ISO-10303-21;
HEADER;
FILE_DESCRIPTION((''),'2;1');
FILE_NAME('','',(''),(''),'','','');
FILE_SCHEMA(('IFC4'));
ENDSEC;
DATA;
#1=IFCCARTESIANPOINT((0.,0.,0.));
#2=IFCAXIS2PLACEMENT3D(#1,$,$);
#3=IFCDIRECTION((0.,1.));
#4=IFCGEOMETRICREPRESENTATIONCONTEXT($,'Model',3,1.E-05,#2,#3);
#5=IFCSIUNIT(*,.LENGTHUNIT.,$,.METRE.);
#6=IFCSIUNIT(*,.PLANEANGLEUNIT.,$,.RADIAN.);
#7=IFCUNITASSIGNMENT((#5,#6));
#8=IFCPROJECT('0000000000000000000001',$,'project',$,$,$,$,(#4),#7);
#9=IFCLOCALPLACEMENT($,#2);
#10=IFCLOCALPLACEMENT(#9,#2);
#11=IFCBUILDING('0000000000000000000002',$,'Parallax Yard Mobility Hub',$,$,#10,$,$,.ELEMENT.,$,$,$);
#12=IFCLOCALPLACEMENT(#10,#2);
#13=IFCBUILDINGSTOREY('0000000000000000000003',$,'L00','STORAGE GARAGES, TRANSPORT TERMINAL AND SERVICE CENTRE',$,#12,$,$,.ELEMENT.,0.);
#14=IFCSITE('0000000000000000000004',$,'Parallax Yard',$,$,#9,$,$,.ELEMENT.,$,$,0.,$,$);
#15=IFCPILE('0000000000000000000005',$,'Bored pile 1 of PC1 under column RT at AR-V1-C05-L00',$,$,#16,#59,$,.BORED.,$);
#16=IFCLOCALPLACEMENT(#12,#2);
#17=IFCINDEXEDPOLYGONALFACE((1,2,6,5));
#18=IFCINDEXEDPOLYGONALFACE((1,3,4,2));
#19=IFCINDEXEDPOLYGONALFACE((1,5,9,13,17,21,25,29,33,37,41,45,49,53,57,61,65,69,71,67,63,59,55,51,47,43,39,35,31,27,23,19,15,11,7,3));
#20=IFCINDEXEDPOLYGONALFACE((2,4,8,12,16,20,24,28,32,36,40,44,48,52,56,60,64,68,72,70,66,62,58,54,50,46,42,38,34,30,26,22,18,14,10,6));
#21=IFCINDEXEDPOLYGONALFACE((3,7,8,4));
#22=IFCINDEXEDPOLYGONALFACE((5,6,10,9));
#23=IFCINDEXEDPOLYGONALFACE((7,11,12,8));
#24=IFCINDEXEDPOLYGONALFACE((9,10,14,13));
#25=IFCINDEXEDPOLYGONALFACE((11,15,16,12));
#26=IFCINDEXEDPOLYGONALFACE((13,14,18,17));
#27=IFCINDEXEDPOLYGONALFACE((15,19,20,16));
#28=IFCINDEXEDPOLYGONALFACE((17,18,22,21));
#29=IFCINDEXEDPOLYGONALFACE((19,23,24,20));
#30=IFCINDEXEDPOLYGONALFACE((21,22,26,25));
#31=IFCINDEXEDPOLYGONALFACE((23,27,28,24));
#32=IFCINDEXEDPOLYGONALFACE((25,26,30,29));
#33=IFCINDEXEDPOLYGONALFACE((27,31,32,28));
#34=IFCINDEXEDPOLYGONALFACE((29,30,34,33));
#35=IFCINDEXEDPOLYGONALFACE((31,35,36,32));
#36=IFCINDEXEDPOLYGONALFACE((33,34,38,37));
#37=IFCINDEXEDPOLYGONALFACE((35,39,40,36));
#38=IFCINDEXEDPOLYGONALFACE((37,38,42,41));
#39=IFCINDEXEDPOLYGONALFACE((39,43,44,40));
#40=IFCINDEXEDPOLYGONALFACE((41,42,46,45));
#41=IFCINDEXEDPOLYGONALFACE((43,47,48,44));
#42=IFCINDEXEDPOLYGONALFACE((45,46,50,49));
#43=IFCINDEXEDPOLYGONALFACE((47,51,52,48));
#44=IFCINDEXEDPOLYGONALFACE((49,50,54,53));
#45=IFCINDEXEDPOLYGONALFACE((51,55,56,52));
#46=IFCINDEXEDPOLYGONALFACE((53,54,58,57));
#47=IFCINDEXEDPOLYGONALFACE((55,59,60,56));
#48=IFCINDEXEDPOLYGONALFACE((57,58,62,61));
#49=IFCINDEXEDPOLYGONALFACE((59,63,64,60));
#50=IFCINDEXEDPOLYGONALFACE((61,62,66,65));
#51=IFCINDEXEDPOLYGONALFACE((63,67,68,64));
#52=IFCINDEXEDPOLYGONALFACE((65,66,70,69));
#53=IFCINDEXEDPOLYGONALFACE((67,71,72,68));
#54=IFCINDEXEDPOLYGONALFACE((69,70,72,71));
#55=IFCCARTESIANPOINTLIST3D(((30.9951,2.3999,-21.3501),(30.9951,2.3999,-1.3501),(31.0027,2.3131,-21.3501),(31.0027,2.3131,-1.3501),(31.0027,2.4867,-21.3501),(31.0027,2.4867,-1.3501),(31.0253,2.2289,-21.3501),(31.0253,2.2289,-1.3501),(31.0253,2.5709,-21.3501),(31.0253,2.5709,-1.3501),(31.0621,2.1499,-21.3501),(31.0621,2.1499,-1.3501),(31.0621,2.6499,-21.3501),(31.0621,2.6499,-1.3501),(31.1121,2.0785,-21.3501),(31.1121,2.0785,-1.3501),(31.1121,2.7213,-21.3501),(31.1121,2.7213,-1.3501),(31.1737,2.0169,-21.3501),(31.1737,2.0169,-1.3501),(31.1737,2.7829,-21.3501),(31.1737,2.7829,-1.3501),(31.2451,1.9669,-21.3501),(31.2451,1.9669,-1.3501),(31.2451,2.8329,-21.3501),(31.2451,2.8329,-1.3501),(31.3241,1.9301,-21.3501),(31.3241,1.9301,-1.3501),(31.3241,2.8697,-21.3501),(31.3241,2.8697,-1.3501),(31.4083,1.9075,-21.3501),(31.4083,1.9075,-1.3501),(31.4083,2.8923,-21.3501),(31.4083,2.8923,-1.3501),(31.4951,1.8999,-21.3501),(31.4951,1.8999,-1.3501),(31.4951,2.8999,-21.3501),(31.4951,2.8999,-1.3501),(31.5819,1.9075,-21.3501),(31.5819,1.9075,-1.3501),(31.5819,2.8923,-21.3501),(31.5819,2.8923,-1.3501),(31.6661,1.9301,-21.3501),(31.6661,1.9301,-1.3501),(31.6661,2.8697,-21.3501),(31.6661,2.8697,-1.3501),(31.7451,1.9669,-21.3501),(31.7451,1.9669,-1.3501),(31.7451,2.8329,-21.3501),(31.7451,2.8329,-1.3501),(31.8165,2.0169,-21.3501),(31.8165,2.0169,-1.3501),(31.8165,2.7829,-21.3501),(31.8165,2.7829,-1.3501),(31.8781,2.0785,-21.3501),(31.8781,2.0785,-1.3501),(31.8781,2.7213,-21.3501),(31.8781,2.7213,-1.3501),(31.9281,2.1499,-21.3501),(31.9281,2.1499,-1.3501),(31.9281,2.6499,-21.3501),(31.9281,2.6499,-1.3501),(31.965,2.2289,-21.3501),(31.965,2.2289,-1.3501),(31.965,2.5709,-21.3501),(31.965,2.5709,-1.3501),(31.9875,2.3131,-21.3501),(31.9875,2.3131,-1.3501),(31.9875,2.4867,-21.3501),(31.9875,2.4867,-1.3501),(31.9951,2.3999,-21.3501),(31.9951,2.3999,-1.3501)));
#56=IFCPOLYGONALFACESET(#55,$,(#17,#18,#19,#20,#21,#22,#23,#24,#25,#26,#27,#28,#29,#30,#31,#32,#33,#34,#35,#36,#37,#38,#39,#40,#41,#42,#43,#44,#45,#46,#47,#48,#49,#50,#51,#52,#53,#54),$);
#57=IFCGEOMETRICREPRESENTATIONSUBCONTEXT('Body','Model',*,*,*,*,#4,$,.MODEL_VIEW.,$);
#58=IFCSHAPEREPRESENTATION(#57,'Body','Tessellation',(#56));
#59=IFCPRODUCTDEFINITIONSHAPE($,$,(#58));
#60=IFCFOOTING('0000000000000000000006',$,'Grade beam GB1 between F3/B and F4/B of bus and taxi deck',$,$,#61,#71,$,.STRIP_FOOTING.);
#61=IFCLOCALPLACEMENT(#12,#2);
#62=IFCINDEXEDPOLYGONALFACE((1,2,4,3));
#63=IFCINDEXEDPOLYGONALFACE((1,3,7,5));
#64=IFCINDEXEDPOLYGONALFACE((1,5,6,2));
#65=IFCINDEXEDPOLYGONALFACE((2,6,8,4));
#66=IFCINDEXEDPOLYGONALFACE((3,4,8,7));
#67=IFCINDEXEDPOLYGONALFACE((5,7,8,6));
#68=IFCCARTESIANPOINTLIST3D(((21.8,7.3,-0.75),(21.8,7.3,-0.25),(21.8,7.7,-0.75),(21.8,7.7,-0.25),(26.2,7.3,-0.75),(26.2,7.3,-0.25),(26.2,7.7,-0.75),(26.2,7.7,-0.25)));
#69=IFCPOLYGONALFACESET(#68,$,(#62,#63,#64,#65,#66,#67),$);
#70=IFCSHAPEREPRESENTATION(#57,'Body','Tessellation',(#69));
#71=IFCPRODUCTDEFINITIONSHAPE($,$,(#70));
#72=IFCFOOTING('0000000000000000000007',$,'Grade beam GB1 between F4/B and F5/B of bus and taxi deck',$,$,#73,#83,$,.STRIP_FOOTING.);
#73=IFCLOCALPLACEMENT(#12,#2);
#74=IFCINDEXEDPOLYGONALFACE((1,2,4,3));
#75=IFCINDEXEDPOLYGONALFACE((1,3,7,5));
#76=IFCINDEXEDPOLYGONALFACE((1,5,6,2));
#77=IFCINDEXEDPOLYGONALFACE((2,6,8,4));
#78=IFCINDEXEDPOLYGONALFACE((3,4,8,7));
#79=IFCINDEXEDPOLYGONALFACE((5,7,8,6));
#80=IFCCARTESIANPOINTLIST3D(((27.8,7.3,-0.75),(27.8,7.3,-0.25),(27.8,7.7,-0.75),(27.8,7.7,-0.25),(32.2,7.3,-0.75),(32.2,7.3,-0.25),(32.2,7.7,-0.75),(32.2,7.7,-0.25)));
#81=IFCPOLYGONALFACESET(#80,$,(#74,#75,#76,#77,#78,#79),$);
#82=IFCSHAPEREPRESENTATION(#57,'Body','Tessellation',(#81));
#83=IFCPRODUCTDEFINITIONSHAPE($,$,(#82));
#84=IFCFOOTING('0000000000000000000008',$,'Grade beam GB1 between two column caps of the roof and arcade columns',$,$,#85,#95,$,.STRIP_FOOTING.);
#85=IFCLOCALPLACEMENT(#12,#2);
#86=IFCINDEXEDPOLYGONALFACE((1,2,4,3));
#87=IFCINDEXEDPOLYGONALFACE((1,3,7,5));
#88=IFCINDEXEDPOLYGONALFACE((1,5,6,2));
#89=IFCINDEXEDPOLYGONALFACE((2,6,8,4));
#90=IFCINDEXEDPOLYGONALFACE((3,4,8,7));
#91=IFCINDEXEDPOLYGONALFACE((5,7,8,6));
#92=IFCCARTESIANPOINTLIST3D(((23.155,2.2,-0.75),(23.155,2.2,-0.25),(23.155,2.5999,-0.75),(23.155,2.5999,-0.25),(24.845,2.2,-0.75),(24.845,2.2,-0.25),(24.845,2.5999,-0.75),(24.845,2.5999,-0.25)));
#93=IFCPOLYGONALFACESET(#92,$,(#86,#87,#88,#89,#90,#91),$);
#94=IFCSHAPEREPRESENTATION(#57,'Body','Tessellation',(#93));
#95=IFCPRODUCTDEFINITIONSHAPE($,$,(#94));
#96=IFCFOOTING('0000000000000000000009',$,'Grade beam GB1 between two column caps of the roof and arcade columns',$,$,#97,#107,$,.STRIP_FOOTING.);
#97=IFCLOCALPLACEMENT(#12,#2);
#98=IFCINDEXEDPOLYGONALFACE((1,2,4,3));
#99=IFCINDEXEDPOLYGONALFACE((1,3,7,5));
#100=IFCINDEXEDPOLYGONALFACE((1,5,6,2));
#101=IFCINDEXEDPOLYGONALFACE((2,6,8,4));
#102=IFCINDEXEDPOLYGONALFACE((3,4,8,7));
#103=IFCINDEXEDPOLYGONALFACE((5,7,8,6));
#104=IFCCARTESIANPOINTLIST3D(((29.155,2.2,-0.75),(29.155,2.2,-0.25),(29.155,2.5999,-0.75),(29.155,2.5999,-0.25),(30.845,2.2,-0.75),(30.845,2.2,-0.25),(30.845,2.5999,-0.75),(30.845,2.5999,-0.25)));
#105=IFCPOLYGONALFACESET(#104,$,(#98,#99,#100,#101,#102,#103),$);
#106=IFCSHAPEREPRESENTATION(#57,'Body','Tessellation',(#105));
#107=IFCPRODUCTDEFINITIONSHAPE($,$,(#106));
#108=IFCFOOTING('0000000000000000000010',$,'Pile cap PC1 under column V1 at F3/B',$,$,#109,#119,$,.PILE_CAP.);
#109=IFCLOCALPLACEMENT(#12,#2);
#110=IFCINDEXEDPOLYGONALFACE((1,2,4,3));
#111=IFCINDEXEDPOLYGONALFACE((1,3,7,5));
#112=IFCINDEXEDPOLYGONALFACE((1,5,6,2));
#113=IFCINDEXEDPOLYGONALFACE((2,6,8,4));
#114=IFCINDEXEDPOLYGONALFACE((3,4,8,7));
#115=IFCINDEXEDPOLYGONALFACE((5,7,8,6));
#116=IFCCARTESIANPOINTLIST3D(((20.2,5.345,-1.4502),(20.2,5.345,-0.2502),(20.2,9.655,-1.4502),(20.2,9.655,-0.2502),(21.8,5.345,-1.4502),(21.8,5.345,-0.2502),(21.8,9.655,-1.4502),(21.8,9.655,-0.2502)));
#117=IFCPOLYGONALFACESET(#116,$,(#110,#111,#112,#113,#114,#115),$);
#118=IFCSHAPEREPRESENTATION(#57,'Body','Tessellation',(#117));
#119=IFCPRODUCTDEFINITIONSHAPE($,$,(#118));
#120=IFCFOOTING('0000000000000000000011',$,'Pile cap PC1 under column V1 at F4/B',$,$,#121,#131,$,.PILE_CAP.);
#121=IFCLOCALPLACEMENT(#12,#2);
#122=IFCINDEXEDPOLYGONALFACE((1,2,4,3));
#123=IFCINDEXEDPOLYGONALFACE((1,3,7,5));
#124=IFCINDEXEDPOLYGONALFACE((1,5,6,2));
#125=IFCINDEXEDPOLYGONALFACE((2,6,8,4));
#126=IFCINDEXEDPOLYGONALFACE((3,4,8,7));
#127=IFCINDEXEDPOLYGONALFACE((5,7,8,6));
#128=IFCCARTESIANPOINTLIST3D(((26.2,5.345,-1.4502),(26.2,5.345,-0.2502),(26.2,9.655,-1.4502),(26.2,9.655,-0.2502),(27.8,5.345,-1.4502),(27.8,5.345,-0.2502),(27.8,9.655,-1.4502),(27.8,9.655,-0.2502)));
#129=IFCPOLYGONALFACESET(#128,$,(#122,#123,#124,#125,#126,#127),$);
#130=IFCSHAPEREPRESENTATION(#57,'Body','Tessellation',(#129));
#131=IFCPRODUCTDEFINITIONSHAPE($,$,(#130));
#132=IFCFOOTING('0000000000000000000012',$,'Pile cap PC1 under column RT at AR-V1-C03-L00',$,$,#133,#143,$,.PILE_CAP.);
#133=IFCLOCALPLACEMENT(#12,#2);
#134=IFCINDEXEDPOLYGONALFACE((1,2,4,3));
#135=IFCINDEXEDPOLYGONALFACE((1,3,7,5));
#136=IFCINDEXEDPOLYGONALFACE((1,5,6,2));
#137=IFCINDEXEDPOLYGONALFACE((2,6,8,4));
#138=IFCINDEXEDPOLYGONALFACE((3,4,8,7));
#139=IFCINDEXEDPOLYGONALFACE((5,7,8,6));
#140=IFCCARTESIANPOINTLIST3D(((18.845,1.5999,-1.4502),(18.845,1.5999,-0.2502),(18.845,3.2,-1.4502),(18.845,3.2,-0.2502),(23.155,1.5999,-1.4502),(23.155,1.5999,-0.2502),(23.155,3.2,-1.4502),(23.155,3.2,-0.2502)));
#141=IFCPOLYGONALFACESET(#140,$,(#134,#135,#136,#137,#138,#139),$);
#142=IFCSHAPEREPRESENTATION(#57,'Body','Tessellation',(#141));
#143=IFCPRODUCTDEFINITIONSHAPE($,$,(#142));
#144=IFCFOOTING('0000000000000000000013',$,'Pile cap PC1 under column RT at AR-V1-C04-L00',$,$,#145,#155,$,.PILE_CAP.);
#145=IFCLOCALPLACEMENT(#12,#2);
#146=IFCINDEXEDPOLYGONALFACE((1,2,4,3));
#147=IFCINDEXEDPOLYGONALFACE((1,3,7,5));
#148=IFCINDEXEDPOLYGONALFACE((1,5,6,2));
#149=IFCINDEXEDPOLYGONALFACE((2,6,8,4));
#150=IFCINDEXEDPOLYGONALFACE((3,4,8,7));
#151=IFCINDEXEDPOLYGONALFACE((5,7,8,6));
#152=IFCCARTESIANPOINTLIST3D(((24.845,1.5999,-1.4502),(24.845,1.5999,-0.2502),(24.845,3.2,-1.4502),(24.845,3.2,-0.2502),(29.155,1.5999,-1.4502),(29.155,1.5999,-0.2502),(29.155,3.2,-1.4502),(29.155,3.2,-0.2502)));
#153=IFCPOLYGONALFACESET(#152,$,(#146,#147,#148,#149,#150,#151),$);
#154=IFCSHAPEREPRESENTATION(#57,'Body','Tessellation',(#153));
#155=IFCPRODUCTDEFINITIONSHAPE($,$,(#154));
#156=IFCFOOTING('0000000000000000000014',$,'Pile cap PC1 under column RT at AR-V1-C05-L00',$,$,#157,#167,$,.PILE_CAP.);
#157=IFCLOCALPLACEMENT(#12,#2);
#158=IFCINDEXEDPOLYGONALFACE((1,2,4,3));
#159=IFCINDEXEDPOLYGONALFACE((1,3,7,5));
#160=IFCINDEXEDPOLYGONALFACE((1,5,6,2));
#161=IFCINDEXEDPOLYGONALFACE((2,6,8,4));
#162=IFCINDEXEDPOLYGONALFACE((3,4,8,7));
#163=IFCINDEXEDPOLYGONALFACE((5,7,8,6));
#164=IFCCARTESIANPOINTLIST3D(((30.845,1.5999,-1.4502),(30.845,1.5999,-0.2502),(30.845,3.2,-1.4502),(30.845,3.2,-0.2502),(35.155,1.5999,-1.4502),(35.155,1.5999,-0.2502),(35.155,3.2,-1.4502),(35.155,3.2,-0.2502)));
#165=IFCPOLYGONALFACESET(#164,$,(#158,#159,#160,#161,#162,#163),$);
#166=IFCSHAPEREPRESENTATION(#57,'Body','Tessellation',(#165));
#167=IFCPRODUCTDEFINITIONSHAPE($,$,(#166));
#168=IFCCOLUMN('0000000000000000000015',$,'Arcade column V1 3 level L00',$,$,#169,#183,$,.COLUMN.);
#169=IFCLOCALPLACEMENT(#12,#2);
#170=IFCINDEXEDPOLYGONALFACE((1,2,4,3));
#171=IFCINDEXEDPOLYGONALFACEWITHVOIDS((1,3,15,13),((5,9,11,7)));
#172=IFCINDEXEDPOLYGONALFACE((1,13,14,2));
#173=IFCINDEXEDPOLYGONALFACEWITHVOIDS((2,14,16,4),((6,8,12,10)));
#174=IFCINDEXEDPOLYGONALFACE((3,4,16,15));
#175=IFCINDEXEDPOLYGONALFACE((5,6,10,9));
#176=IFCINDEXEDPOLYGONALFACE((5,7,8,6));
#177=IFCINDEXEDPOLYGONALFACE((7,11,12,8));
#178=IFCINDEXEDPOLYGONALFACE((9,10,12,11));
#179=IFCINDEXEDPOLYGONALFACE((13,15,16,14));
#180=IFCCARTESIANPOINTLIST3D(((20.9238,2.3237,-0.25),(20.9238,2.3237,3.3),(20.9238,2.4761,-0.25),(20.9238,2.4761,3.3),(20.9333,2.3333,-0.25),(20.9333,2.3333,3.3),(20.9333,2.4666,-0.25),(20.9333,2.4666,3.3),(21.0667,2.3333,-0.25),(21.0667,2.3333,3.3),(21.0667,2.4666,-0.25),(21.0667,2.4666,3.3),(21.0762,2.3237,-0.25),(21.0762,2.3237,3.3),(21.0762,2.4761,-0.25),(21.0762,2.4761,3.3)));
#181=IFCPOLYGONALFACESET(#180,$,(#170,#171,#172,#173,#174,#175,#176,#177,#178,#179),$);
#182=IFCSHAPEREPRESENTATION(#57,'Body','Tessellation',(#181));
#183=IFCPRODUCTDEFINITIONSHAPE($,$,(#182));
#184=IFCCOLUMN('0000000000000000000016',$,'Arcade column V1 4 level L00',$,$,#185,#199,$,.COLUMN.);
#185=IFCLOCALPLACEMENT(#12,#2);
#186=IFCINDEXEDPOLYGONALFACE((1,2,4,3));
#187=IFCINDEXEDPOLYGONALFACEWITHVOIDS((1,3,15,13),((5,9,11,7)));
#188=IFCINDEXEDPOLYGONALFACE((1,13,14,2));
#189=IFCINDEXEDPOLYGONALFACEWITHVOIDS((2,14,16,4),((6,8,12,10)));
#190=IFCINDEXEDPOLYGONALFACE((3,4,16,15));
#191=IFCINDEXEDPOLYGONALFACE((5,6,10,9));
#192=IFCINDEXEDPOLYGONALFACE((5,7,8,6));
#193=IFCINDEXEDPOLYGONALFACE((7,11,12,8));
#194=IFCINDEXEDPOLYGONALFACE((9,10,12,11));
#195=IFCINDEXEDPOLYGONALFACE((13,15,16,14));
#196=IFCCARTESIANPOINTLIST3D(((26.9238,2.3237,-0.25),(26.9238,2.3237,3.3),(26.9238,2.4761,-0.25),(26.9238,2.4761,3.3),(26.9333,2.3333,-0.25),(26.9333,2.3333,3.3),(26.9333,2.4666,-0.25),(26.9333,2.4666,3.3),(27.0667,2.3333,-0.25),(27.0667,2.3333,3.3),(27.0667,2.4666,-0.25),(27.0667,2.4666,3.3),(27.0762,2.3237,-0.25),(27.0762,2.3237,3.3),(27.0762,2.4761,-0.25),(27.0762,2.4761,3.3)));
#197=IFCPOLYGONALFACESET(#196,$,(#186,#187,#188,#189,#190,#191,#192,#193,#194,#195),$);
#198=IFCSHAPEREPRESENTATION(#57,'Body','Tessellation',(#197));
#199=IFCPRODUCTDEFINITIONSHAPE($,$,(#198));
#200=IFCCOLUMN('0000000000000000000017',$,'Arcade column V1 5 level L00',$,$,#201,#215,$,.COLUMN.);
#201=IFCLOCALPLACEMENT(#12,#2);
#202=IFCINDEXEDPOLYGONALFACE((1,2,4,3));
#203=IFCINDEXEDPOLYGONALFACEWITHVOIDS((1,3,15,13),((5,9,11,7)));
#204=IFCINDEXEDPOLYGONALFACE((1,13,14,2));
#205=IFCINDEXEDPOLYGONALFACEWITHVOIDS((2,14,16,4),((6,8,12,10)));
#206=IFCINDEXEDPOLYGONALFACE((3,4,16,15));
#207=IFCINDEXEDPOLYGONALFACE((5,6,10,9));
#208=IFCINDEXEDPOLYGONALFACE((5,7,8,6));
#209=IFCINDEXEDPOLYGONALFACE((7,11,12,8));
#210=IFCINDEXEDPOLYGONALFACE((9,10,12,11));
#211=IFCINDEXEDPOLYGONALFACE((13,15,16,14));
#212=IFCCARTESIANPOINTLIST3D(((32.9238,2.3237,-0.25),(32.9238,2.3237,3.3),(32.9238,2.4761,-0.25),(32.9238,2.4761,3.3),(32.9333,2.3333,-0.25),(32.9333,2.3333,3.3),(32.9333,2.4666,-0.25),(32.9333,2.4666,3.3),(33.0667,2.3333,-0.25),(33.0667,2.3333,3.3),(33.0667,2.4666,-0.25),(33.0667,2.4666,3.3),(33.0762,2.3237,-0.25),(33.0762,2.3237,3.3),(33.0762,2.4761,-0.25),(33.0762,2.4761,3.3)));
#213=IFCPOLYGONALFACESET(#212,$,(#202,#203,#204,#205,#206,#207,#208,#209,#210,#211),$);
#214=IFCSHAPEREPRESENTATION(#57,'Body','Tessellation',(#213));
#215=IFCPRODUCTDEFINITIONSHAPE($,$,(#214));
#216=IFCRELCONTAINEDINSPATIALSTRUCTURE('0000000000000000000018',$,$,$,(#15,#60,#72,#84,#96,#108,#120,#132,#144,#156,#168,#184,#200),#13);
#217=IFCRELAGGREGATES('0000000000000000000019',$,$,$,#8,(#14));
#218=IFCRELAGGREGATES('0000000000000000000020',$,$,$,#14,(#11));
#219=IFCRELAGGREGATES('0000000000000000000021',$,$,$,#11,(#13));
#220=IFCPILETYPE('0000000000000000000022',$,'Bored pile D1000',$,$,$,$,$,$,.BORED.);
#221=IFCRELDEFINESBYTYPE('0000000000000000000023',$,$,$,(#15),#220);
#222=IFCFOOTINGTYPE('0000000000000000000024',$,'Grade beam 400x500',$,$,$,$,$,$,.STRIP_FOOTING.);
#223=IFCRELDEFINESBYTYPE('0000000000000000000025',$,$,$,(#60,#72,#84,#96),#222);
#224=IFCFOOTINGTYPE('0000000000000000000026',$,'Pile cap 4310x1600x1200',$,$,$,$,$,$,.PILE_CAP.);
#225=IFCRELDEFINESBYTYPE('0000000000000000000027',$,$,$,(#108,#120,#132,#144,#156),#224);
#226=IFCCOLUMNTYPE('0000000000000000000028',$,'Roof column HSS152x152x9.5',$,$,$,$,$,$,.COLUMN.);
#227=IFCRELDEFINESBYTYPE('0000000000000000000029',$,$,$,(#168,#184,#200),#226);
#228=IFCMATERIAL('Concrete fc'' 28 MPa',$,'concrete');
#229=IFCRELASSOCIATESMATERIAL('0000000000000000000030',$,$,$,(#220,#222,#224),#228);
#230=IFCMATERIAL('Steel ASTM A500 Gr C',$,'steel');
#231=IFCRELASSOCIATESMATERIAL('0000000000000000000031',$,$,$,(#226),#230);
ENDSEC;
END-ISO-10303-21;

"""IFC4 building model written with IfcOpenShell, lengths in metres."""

from ifc_helpers import new_model, si_unit, direction, frame, origin, origin_2d, place, context, subcontext, project, spatial, rectangle, hollow_rectangle, circle, extrude, material, material_profile, profile_set, type_object, element, save


model = new_model("IFC4")

# Units and contexts
model_context = context("Model", 3, precision=1e-05, world=origin(), true_north=direction((0.0, 1.0)))
body_context = subcontext(model_context, "Body", "Model", "MODEL_VIEW")
ifc_project = project(units=[si_unit("LENGTHUNIT", "METRE"), si_unit("PLANEANGLEUNIT", "RADIAN")], contexts=[model_context])

# Site, building, storey
site_placement = place(None, origin())
site = spatial("IfcSite", under=ifc_project, at=site_placement, Name="Parallax Yard", CompositionType="ELEMENT", RefElevation=0.0)
building_placement = place(site_placement, origin())
building = spatial("IfcBuilding", under=site, at=building_placement, Name="Parallax Yard Mobility Hub", CompositionType="ELEMENT")
storey_placement = place(building_placement, origin())
storey = spatial("IfcBuildingStorey", under=building, at=storey_placement, Name="L00", Description="STORAGE GARAGES, TRANSPORT TERMINAL AND SERVICE CENTRE", CompositionType="ELEMENT", Elevation=0.0)

# Pile
ifc_material_1 = material(Name="Concrete fc' 28 MPa", Category="concrete")
ifc_material_profile_1 = material_profile(ifc_material_1, circle(Radius=0.5, at=origin_2d()), Name="Bored pile D1000")
ifc_profile_set_1 = profile_set([ifc_material_profile_1], Name="Concrete fc' 28 MPa")
pile_type = type_object("IfcPileType", Name="Bored pile D1000", PredefinedType="BORED", material=ifc_profile_set_1)
for number, where, z_axis, x_axis, name in (
    (1, (31.4951, 2.3999, -1.3501), (0.0, 0.0, -1.0), (1.0, 0.0, 0.0), "Bored pile 1 of PC1 under column RT at AR-V1-C05-L00"),
):
    element("IfcPile", number, at=place(storey_placement, frame(where, z_axis=z_axis, x_axis=x_axis)), inside=storey, type_object=pile_type, Name=name, PredefinedType="BORED", context=body_context, shape_type="SweptSolid", body=[
        extrude(circle(Radius=0.5, at=origin_2d()), origin(), (0.0, 0.0, 1.0), 20.0),
    ])

# Footings
ifc_material_profile_2 = material_profile(ifc_material_1, rectangle(XDim=0.3999, YDim=0.5, at=origin_2d()), Name="Grade beam 400x500")
ifc_profile_set_2 = profile_set([ifc_material_profile_2], Name="Concrete fc' 28 MPa")
footing_type_1 = type_object("IfcFootingType", Name="Grade beam 400x500", PredefinedType="STRIP_FOOTING", material=ifc_profile_set_2)
for number, where, z_axis, x_axis, name in (
    (2, (21.8, 7.5, -0.5), (1.0, 0.0, 0.0), (0.0, 1.0, 0.0), "Grade beam GB1 between F3/B and F4/B of bus and taxi deck"),
    (3, (27.8, 7.5, -0.5), (1.0, 0.0, 0.0), (0.0, 1.0, 0.0), "Grade beam GB1 between F4/B and F5/B of bus and taxi deck"),
):
    element("IfcFooting", number, at=place(storey_placement, frame(where, z_axis=z_axis, x_axis=x_axis)), inside=storey, type_object=footing_type_1, Name=name, PredefinedType="STRIP_FOOTING", context=body_context, shape_type="SweptSolid", body=[
        extrude(rectangle(XDim=0.3999, YDim=0.5, at=origin_2d()), origin(), (0.0, 0.0, 1.0), 4.3999),
    ])
for number, where, z_axis, x_axis, name in (
    (4, (23.155, 2.3999, -0.5), (1.0, 0.0, 0.0), (0.0, 1.0, 0.0), "Grade beam GB1 between two column caps of the roof and arcade columns"),
    (5, (29.155, 2.3999, -0.5), (1.0, 0.0, 0.0), (0.0, 1.0, 0.0), "Grade beam GB1 between two column caps of the roof and arcade columns"),
):
    element("IfcFooting", number, at=place(storey_placement, frame(where, z_axis=z_axis, x_axis=x_axis)), inside=storey, type_object=footing_type_1, Name=name, PredefinedType="STRIP_FOOTING", context=body_context, shape_type="SweptSolid", body=[
        extrude(rectangle(XDim=0.3999, YDim=0.5, at=origin_2d()), origin(), (0.0, 0.0, 1.0), 1.6899),
    ])
footing_type_2 = type_object("IfcFootingType", Name="Pile cap 4310x1600x1200", PredefinedType="PILE_CAP", material=ifc_material_1)
for number, where, z_axis, x_axis, name in (
    (6, (21.0, 7.5, -1.4502), (0.0, 0.0, 1.0), (0.0, 1.0, 0.0), "Pile cap PC1 under column V1 at F3/B"),
    (7, (27.0, 7.5, -1.4502), (0.0, 0.0, 1.0), (0.0, 1.0, 0.0), "Pile cap PC1 under column V1 at F4/B"),
    (8, (21.0, 2.3999, -1.4502), (0.0, 0.0, 1.0), (1.0, 0.0, 0.0), "Pile cap PC1 under column RT at AR-V1-C03-L00"),
    (9, (27.0, 2.3999, -1.4502), (0.0, 0.0, 1.0), (1.0, 0.0, 0.0), "Pile cap PC1 under column RT at AR-V1-C04-L00"),
    (10, (33.0, 2.3999, -1.4502), (0.0, 0.0, 1.0), (1.0, 0.0, 0.0), "Pile cap PC1 under column RT at AR-V1-C05-L00"),
):
    element("IfcFooting", number, at=place(storey_placement, frame(where, z_axis=z_axis, x_axis=x_axis)), inside=storey, type_object=footing_type_2, Name=name, PredefinedType="PILE_CAP", context=body_context, shape_type="SweptSolid", body=[
        extrude(rectangle(XDim=4.3101, YDim=1.6001, at=origin_2d()), origin(), (0.0, 0.0, 1.0), 1.2),
    ])

# Columns
ifc_material_2 = material(Name="Steel ASTM A500 Gr C", Category="steel")
ifc_material_profile_3 = material_profile(ifc_material_2, hollow_rectangle(XDim=0.1523, YDim=0.1523, WallThickness=0.0095, at=origin_2d()), Name="HSS152x152x9.5")
ifc_profile_set_3 = profile_set([ifc_material_profile_3], Name="Steel ASTM A500 Gr C")
column_type_1 = type_object("IfcColumnType", Name="Roof column HSS152x152x9.5", PredefinedType="COLUMN", material=ifc_profile_set_3)
for number, where, z_axis, x_axis, name in (
    (11, (21.0, 2.3999, -0.25), (0.0, 0.0, 1.0), (1.0, 0.0, 0.0), "Arcade column V1 3 level L00"),
    (12, (27.0, 2.3999, -0.25), (0.0, 0.0, 1.0), (1.0, 0.0, 0.0), "Arcade column V1 4 level L00"),
    (13, (33.0, 2.3999, -0.25), (0.0, 0.0, 1.0), (1.0, 0.0, 0.0), "Arcade column V1 5 level L00"),
):
    element("IfcColumn", number, at=place(storey_placement, frame(where, z_axis=z_axis, x_axis=x_axis)), inside=storey, type_object=column_type_1, Name=name, PredefinedType="COLUMN", context=body_context, shape_type="SweptSolid", body=[
        extrude(hollow_rectangle(XDim=0.1523, YDim=0.1523, WallThickness=0.0095, at=origin_2d()), origin(), (0.0, 0.0, 1.0), 3.55),
    ])

save(model, "model.ifc")
